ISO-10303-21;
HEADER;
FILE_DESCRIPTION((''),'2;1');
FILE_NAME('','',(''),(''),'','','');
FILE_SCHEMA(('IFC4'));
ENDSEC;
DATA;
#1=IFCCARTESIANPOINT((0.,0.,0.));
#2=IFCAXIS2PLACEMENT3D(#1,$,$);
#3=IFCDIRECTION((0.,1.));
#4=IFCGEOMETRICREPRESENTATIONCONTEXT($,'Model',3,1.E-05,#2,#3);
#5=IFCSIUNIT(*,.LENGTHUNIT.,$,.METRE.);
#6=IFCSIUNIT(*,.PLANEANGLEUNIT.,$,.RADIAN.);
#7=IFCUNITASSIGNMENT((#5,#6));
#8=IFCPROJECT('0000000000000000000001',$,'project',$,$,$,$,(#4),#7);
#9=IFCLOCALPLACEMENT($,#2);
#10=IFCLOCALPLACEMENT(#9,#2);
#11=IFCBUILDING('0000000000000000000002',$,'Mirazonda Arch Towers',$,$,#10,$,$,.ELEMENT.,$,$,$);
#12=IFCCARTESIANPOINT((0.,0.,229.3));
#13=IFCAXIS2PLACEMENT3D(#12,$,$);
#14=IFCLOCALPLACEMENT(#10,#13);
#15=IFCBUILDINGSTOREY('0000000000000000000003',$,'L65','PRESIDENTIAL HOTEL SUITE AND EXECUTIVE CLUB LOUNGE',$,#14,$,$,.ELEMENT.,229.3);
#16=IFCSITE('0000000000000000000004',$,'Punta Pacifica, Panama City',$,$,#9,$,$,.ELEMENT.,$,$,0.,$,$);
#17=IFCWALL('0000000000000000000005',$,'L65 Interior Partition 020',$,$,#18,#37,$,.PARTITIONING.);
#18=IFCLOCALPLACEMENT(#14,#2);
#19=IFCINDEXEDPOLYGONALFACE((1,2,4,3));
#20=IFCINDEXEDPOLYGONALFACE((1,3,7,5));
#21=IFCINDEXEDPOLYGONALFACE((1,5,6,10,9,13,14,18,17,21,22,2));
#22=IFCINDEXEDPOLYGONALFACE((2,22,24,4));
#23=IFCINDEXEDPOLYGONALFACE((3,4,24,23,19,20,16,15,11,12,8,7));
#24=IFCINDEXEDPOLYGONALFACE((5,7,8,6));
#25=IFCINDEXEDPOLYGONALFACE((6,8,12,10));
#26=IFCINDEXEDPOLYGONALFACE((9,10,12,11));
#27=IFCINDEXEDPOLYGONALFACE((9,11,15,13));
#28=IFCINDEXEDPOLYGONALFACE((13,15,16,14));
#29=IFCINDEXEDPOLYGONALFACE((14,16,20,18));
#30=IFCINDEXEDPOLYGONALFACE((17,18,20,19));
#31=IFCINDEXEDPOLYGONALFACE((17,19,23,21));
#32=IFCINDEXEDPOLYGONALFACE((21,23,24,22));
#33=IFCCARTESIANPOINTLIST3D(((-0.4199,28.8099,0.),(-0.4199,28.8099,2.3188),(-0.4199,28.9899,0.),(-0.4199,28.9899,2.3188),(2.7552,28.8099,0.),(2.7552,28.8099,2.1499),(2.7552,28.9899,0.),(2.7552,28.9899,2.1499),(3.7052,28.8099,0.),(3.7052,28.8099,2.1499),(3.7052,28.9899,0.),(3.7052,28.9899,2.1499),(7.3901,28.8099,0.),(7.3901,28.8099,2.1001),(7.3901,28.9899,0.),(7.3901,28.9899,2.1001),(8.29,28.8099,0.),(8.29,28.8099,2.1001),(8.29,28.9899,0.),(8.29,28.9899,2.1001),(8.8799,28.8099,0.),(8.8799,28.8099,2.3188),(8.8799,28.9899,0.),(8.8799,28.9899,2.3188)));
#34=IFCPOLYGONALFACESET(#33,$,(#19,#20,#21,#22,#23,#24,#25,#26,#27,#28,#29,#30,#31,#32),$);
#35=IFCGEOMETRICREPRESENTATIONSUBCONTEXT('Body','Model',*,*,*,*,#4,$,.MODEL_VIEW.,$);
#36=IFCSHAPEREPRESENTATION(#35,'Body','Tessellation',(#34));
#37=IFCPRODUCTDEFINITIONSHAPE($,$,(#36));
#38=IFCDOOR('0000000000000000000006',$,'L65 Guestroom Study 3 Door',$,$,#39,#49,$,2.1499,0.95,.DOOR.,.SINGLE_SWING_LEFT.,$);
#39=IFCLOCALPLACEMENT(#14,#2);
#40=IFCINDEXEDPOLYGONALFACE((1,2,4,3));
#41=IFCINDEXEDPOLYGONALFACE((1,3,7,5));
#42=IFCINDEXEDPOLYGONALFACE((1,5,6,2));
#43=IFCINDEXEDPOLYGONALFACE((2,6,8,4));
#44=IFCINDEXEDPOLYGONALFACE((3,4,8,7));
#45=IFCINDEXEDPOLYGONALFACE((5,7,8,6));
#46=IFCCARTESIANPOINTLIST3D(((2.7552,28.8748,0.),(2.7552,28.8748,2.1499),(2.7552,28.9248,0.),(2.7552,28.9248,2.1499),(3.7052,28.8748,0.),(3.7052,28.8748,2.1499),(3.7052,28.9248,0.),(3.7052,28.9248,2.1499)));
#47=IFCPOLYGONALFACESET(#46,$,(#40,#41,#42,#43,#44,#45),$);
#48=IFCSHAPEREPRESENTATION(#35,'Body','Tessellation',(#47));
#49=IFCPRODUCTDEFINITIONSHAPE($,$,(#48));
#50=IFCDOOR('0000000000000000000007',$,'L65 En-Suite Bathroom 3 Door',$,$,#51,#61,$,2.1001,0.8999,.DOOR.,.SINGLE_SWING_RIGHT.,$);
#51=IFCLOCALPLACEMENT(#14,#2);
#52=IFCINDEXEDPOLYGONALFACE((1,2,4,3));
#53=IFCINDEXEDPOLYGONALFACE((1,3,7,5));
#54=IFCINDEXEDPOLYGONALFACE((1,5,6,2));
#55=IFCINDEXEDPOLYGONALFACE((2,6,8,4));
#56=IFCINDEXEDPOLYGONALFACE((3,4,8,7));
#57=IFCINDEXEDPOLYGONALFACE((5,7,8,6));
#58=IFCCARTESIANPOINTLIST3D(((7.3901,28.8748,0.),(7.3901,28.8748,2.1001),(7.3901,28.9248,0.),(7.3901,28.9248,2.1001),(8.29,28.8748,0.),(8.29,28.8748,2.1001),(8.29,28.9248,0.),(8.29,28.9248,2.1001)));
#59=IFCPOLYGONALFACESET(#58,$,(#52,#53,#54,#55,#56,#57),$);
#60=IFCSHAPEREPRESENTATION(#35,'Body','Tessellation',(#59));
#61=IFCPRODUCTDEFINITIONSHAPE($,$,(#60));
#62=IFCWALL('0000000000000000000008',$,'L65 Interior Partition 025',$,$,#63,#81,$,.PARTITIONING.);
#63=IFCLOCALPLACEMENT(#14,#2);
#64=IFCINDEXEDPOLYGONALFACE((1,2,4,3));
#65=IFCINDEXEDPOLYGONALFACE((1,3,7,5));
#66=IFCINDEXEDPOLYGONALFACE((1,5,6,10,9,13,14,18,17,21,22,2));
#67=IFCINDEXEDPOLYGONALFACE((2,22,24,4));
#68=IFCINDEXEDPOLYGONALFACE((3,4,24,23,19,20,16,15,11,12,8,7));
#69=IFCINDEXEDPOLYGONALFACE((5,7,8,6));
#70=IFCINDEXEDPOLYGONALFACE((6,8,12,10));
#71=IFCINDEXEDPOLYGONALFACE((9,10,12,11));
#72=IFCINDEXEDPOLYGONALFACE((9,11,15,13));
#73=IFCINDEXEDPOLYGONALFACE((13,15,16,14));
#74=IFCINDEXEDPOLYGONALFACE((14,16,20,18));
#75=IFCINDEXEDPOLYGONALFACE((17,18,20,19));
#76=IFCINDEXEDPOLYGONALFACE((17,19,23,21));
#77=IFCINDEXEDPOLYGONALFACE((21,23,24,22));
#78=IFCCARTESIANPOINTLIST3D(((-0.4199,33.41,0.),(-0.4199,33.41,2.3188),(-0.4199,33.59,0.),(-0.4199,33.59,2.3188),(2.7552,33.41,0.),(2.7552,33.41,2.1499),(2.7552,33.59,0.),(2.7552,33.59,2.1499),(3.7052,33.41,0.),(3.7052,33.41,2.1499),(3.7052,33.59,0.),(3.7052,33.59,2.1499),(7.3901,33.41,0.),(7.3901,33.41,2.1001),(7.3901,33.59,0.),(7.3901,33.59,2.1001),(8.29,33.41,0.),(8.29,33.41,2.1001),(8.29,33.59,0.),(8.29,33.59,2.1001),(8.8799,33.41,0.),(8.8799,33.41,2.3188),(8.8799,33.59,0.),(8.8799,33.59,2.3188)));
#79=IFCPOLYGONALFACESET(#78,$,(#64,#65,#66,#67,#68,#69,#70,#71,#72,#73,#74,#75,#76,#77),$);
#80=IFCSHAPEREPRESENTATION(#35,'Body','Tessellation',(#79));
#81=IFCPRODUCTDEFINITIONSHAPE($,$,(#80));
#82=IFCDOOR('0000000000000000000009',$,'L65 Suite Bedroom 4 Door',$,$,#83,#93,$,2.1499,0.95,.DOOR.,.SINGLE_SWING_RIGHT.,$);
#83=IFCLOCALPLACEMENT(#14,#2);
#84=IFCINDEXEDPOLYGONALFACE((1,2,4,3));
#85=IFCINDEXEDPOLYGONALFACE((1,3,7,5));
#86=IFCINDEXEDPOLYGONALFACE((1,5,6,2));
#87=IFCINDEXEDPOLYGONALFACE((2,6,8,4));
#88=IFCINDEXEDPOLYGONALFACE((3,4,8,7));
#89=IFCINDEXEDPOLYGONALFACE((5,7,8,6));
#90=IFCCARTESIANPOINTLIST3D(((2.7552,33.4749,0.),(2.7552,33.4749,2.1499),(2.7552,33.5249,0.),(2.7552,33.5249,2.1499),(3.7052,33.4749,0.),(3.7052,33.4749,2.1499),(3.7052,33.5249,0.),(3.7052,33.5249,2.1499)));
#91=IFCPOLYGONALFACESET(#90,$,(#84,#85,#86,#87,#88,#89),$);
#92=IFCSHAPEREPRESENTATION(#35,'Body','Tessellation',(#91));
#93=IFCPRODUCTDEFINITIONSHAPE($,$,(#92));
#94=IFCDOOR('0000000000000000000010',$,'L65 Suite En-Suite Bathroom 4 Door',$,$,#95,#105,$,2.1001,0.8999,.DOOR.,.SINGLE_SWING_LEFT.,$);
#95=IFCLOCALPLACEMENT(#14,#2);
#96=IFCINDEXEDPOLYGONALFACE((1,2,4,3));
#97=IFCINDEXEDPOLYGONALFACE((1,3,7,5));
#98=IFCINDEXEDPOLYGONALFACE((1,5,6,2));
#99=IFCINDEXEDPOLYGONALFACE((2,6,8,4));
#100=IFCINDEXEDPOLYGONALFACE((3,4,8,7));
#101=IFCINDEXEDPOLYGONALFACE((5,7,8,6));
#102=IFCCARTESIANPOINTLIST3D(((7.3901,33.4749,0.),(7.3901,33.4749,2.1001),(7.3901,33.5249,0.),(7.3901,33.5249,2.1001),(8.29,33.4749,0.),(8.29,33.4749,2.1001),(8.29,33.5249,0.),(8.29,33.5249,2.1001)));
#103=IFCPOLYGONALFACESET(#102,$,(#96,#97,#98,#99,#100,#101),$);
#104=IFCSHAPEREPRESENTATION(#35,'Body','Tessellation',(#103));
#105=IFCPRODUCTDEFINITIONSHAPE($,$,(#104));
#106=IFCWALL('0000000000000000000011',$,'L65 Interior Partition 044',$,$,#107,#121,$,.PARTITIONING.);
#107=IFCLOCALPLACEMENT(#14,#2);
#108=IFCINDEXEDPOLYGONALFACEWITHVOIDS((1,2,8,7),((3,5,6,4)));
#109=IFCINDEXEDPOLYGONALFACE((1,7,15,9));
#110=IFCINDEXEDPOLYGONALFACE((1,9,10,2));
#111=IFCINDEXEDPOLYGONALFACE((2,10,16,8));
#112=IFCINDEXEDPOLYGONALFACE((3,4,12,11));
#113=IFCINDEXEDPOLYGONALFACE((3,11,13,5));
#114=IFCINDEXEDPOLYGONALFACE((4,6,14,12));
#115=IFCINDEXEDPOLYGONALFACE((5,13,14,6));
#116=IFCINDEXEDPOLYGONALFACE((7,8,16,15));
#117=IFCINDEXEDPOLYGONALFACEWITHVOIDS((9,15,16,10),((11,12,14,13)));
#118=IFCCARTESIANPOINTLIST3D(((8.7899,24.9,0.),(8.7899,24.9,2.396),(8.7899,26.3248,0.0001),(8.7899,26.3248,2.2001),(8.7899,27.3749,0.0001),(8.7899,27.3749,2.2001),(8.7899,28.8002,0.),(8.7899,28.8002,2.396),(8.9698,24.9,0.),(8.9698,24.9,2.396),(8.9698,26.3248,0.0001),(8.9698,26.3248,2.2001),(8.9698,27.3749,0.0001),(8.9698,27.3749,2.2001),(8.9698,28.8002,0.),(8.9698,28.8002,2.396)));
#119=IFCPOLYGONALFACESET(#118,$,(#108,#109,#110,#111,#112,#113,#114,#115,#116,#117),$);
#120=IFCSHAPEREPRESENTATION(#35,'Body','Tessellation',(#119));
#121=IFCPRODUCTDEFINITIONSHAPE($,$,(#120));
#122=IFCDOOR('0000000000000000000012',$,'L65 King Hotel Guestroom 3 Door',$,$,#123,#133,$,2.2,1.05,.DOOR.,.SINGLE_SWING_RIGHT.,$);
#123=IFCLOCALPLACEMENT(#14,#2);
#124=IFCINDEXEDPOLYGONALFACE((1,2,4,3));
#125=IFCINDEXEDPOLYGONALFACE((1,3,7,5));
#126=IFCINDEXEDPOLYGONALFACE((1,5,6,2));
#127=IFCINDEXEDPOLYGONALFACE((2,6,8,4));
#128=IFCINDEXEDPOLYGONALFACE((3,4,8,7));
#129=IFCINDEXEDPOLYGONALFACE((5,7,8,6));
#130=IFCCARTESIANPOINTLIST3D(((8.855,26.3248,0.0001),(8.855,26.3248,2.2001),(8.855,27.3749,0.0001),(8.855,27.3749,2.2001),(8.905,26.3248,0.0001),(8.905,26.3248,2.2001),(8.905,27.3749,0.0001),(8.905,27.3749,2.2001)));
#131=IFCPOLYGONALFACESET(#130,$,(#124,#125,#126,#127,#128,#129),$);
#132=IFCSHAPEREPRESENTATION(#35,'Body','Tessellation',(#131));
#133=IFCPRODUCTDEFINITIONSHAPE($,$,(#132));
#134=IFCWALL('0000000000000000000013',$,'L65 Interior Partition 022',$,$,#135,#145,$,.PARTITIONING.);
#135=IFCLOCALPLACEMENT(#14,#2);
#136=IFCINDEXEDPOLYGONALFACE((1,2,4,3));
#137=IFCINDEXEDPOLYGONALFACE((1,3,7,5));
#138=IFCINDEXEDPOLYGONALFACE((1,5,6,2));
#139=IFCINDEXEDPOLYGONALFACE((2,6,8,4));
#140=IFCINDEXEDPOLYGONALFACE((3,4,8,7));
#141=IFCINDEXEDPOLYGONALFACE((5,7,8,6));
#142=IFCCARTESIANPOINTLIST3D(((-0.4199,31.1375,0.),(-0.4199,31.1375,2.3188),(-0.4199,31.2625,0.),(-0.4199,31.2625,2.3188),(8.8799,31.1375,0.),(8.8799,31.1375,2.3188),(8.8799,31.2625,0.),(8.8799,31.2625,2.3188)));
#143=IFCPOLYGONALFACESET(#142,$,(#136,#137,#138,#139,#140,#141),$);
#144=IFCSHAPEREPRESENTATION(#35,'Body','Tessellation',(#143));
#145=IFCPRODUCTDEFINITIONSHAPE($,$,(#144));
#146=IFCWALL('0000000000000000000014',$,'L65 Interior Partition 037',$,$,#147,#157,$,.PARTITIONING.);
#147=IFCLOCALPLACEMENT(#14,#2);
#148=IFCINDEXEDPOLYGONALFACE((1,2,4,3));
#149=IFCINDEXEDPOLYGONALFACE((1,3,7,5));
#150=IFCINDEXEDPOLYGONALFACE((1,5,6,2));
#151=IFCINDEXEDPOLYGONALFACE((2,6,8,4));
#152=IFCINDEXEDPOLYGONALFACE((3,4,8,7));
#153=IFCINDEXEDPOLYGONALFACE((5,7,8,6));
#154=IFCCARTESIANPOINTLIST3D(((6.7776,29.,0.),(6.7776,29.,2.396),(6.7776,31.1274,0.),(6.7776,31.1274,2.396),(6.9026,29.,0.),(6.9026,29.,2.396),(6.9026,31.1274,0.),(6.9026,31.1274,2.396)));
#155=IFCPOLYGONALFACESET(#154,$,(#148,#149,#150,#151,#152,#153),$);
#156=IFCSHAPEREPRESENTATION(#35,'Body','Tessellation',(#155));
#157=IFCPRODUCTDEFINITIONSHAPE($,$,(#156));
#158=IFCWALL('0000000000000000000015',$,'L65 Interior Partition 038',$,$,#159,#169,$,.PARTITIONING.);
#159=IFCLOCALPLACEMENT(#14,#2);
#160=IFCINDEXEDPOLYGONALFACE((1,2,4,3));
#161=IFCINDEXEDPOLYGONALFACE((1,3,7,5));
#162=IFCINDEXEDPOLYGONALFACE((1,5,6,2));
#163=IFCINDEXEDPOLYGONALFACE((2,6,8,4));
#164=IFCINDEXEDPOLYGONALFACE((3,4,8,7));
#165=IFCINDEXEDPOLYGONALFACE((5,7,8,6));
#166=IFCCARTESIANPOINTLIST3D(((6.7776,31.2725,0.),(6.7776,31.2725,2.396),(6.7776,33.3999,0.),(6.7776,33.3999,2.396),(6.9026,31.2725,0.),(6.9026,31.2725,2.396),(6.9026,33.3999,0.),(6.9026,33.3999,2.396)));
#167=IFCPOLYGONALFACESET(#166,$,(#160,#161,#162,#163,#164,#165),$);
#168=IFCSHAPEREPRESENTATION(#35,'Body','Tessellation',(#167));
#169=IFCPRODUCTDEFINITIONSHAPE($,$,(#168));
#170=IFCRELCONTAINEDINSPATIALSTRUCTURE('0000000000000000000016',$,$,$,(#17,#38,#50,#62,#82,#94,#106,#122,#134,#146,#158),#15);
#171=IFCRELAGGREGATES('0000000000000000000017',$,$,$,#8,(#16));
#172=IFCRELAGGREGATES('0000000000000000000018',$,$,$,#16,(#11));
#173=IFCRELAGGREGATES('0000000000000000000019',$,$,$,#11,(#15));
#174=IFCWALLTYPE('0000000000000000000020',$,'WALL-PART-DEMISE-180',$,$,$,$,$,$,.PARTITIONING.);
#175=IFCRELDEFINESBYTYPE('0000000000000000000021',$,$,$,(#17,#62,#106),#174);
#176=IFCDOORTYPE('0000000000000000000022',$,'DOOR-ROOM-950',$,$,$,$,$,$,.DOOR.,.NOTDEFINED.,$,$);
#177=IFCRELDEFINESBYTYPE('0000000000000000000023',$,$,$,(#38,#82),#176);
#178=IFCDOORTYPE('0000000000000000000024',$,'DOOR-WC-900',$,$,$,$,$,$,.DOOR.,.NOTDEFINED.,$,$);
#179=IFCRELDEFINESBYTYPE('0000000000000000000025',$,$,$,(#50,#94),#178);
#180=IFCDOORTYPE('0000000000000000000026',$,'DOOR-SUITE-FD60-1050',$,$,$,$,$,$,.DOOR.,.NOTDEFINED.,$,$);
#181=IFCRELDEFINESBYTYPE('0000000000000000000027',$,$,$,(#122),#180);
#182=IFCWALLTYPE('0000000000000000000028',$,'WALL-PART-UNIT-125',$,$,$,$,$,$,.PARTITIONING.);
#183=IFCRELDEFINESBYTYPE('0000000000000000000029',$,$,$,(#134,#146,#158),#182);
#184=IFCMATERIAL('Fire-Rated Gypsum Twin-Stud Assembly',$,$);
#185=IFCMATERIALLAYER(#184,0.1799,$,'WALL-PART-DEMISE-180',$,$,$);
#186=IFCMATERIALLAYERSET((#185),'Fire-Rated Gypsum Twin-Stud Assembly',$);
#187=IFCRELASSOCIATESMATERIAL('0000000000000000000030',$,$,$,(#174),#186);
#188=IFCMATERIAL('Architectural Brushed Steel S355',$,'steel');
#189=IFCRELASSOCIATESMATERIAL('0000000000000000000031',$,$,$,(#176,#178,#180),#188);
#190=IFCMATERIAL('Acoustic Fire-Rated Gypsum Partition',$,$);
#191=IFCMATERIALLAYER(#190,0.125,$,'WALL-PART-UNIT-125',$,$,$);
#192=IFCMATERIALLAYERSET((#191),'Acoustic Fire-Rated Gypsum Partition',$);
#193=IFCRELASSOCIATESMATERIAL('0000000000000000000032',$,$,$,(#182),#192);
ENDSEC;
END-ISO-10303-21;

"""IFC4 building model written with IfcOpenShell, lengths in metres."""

from ifc_helpers import new_model, si_unit, direction, frame, frame_2d, origin, place, context, subcontext, project, spatial, rectangle, extrude, material, layer, layer_set, type_object, element, fill, save


model = new_model("IFC4")

# Units and contexts
model_context = context("Model", 3, precision=1e-05, world=origin(), true_north=direction((0.0, 1.0)))
body_context = subcontext(model_context, "Body", "Model", "MODEL_VIEW")
ifc_project = project(units=[si_unit("LENGTHUNIT", "METRE"), si_unit("PLANEANGLEUNIT", "RADIAN")], contexts=[model_context])

# Site, building, storey
site_placement = place(None, origin())
site = spatial("IfcSite", under=ifc_project, at=site_placement, Name="Punta Pacifica, Panama City", CompositionType="ELEMENT", RefElevation=0.0)
building_placement = place(site_placement, origin())
building = spatial("IfcBuilding", under=site, at=building_placement, Name="Mirazonda Arch Towers", CompositionType="ELEMENT")
storey_placement = place(building_placement, frame((0.0, 0.0, 229.3)))
storey = spatial("IfcBuildingStorey", under=building, at=storey_placement, Name="L65", Description="PRESIDENTIAL HOTEL SUITE AND EXECUTIVE CLUB LOUNGE", CompositionType="ELEMENT", Elevation=229.3)

# Walls, openings, doors
ifc_material_1 = material(Name="Fire-Rated Gypsum Twin-Stud Assembly")
ifc_layer_1 = layer(ifc_material_1, 0.1799, Name="WALL-PART-DEMISE-180")
ifc_layer_set_1 = layer_set([ifc_layer_1], Name="Fire-Rated Gypsum Twin-Stud Assembly")
wall_type_1 = type_object("IfcWallType", Name="WALL-PART-DEMISE-180", PredefinedType="PARTITIONING", material=ifc_layer_set_1)
wall_1_placement = place(storey_placement, frame((-0.4199, 28.8999, 0.0), z_axis=(0.0, 0.0, 1.0), x_axis=(1.0, 0.0, 0.0)))
wall_1 = element("IfcWall", 1, at=wall_1_placement, inside=storey, type_object=wall_type_1, Name="L65 Interior Partition 020", PredefinedType="PARTITIONING", context=body_context, shape_type="SweptSolid", body=[
    extrude(rectangle(XDim=9.2998, YDim=0.1799, at=frame_2d((4.6499, 0.0))), origin(), (0.0, 0.0, 1.0), 2.3188),
])
opening_1_placement = place(wall_1_placement, frame((3.175, 0.0, 0.0)))
opening_1 = element("IfcOpeningElement", 2, at=opening_1_placement, cuts=wall_1, PredefinedType="OPENING", context=body_context, shape_type="SweptSolid", body=[
    extrude(rectangle(XDim=0.95, YDim=2.1499, at=frame_2d((0.4751, 1.075))), frame((0.0, 0.0999, 0.0), z_axis=(0.0, -1.0, 0.0), x_axis=(1.0, 0.0, 0.0)), (0.0, 0.0, 1.0), 0.2),
])
opening_2_placement = place(wall_1_placement, frame((7.8101, 0.0, 0.0)))
opening_2 = element("IfcOpeningElement", 3, at=opening_2_placement, cuts=wall_1, PredefinedType="OPENING", context=body_context, shape_type="SweptSolid", body=[
    extrude(rectangle(XDim=0.8999, YDim=2.1001, at=frame_2d((0.45, 1.05))), frame((0.0, 0.0999, 0.0), z_axis=(0.0, -1.0, 0.0), x_axis=(1.0, 0.0, 0.0)), (0.0, 0.0, 1.0), 0.2),
])
ifc_material_2 = material(Name="Architectural Brushed Steel S355", Category="steel")
door_type_1 = type_object("IfcDoorType", Name="DOOR-ROOM-950", OperationType="NOTDEFINED", PredefinedType="DOOR", material=ifc_material_2)
door_1_placement = place(opening_1_placement, origin())
door_1 = element("IfcDoor", 4, at=door_1_placement, inside=storey, type_object=door_type_1, Name="L65 Guestroom Study 3 Door", OperationType="SINGLE_SWING_LEFT", OverallHeight=2.1499, OverallWidth=0.95, PredefinedType="DOOR", context=body_context, shape_type="SweptSolid", body=[
    extrude(rectangle(XDim=0.95, YDim=2.1499, at=frame_2d((0.4751, 1.075))), frame((0.0, 0.0249, 0.0), z_axis=(0.0, -1.0, 0.0), x_axis=(1.0, 0.0, 0.0)), (0.0, 0.0, 1.0), 0.05),
])
fill(opening_1, door_1)
door_type_2 = type_object("IfcDoorType", Name="DOOR-WC-900", OperationType="NOTDEFINED", PredefinedType="DOOR", material=ifc_material_2)
door_2_placement = place(opening_2_placement, origin())
door_2 = element("IfcDoor", 5, at=door_2_placement, inside=storey, type_object=door_type_2, Name="L65 En-Suite Bathroom 3 Door", OperationType="SINGLE_SWING_RIGHT", OverallHeight=2.1001, OverallWidth=0.8999, PredefinedType="DOOR", context=body_context, shape_type="SweptSolid", body=[
    extrude(rectangle(XDim=0.8999, YDim=2.1001, at=frame_2d((0.45, 1.05))), frame((0.0, 0.0249, 0.0), z_axis=(0.0, -1.0, 0.0), x_axis=(1.0, 0.0, 0.0)), (0.0, 0.0, 1.0), 0.05),
])
fill(opening_2, door_2)
wall_2_placement = place(storey_placement, frame((-0.4199, 33.5, 0.0), z_axis=(0.0, 0.0, 1.0), x_axis=(1.0, 0.0, 0.0)))
wall_2 = element("IfcWall", 6, at=wall_2_placement, inside=storey, type_object=wall_type_1, Name="L65 Interior Partition 025", PredefinedType="PARTITIONING", context=body_context, shape_type="SweptSolid", body=[
    extrude(rectangle(XDim=9.2998, YDim=0.1799, at=frame_2d((4.6499, 0.0))), origin(), (0.0, 0.0, 1.0), 2.3188),
])
opening_3_placement = place(wall_2_placement, frame((3.175, 0.0, 0.0)))
opening_3 = element("IfcOpeningElement", 7, at=opening_3_placement, cuts=wall_2, PredefinedType="OPENING", context=body_context, shape_type="SweptSolid", body=[
    extrude(rectangle(XDim=0.95, YDim=2.1499, at=frame_2d((0.4751, 1.075))), frame((0.0, 0.0999, 0.0), z_axis=(0.0, -1.0, 0.0), x_axis=(1.0, 0.0, 0.0)), (0.0, 0.0, 1.0), 0.2),
])
opening_4_placement = place(wall_2_placement, frame((7.8101, 0.0, 0.0)))
opening_4 = element("IfcOpeningElement", 8, at=opening_4_placement, cuts=wall_2, PredefinedType="OPENING", context=body_context, shape_type="SweptSolid", body=[
    extrude(rectangle(XDim=0.8999, YDim=2.1001, at=frame_2d((0.45, 1.05))), frame((0.0, 0.0999, 0.0), z_axis=(0.0, -1.0, 0.0), x_axis=(1.0, 0.0, 0.0)), (0.0, 0.0, 1.0), 0.2),
])
door_3_placement = place(opening_3_placement, origin())
door_3 = element("IfcDoor", 9, at=door_3_placement, inside=storey, type_object=door_type_1, Name="L65 Suite Bedroom 4 Door", OperationType="SINGLE_SWING_RIGHT", OverallHeight=2.1499, OverallWidth=0.95, PredefinedType="DOOR", context=body_context, shape_type="SweptSolid", body=[
    extrude(rectangle(XDim=0.95, YDim=2.1499, at=frame_2d((0.4751, 1.075))), frame((0.0, 0.0249, 0.0), z_axis=(0.0, -1.0, 0.0), x_axis=(1.0, 0.0, 0.0)), (0.0, 0.0, 1.0), 0.05),
])
fill(opening_3, door_3)
door_4_placement = place(opening_4_placement, origin())
door_4 = element("IfcDoor", 10, at=door_4_placement, inside=storey, type_object=door_type_2, Name="L65 Suite En-Suite Bathroom 4 Door", OperationType="SINGLE_SWING_LEFT", OverallHeight=2.1001, OverallWidth=0.8999, PredefinedType="DOOR", context=body_context, shape_type="SweptSolid", body=[
    extrude(rectangle(XDim=0.8999, YDim=2.1001, at=frame_2d((0.45, 1.05))), frame((0.0, 0.0249, 0.0), z_axis=(0.0, -1.0, 0.0), x_axis=(1.0, 0.0, 0.0)), (0.0, 0.0, 1.0), 0.05),
])
fill(opening_4, door_4)

# Wall, opening, door
wall_3_placement = place(storey_placement, frame((8.8799, 24.8999, 0.0), z_axis=(0.0, 0.0, 1.0), x_axis=(0.0, 1.0, 0.0)))
wall_3 = element("IfcWall", 11, at=wall_3_placement, inside=storey, type_object=wall_type_1, Name="L65 Interior Partition 044", PredefinedType="PARTITIONING", context=body_context, shape_type="SweptSolid", body=[
    extrude(rectangle(XDim=3.9001, YDim=0.1799, at=frame_2d((1.9502, 0.0))), origin(), (0.0, 0.0, 1.0), 2.396),
])
opening_5_placement = place(wall_3_placement, frame((1.425, 0.0, 0.0)))
opening_5 = element("IfcOpeningElement", 12, at=opening_5_placement, cuts=wall_3, PredefinedType="OPENING", context=body_context, shape_type="SweptSolid", body=[
    extrude(rectangle(XDim=1.05, YDim=2.2, at=frame_2d((0.5249, 1.1001))), frame((0.0, 0.0999, 0.0), z_axis=(0.0, -1.0, 0.0), x_axis=(1.0, 0.0, 0.0)), (0.0, 0.0, 1.0), 0.2),
])
door_type_3 = type_object("IfcDoorType", Name="DOOR-SUITE-FD60-1050", OperationType="NOTDEFINED", PredefinedType="DOOR", material=ifc_material_2)
door_5_placement = place(opening_5_placement, origin())
door_5 = element("IfcDoor", 13, at=door_5_placement, inside=storey, type_object=door_type_3, Name="L65 King Hotel Guestroom 3 Door", OperationType="SINGLE_SWING_RIGHT", OverallHeight=2.2, OverallWidth=1.05, PredefinedType="DOOR", context=body_context, shape_type="SweptSolid", body=[
    extrude(rectangle(XDim=1.05, YDim=2.2, at=frame_2d((0.5249, 1.1001))), frame((0.0, 0.0249, 0.0), z_axis=(0.0, -1.0, 0.0), x_axis=(1.0, 0.0, 0.0)), (0.0, 0.0, 1.0), 0.05),
])
fill(opening_5, door_5)

# Walls
ifc_material_3 = material(Name="Acoustic Fire-Rated Gypsum Partition")
ifc_layer_2 = layer(ifc_material_3, 0.125, Name="WALL-PART-UNIT-125")
ifc_layer_set_2 = layer_set([ifc_layer_2], Name="Acoustic Fire-Rated Gypsum Partition")
wall_type_2 = type_object("IfcWallType", Name="WALL-PART-UNIT-125", PredefinedType="PARTITIONING", material=ifc_layer_set_2)
wall_4_placement = place(storey_placement, frame((-0.4199, 31.2, 0.0), z_axis=(0.0, 0.0, 1.0), x_axis=(1.0, 0.0, 0.0)))
element("IfcWall", 14, at=wall_4_placement, inside=storey, type_object=wall_type_2, Name="L65 Interior Partition 022", PredefinedType="PARTITIONING", context=body_context, shape_type="SweptSolid", body=[
    extrude(rectangle(XDim=9.2998, YDim=0.125, at=frame_2d((4.6499, 0.0))), origin(), (0.0, 0.0, 1.0), 2.3188),
])
for number, where, z_axis, x_axis, name in (
    (15, (6.8401, 29.0, 0.0), (0.0, 0.0, 1.0), (0.0, 1.0, 0.0), "L65 Interior Partition 037"),
    (16, (6.8401, 31.2725, 0.0), (0.0, 0.0, 1.0), (0.0, 1.0, 0.0), "L65 Interior Partition 038"),
):
    element("IfcWall", number, at=place(storey_placement, frame(where, z_axis=z_axis, x_axis=x_axis)), inside=storey, type_object=wall_type_2, Name=name, PredefinedType="PARTITIONING", context=body_context, shape_type="SweptSolid", body=[
        extrude(rectangle(XDim=2.1274, YDim=0.125, at=frame_2d((1.0637, 0.0))), origin(), (0.0, 0.0, 1.0), 2.396),
    ])

save(model, "model.ifc")
